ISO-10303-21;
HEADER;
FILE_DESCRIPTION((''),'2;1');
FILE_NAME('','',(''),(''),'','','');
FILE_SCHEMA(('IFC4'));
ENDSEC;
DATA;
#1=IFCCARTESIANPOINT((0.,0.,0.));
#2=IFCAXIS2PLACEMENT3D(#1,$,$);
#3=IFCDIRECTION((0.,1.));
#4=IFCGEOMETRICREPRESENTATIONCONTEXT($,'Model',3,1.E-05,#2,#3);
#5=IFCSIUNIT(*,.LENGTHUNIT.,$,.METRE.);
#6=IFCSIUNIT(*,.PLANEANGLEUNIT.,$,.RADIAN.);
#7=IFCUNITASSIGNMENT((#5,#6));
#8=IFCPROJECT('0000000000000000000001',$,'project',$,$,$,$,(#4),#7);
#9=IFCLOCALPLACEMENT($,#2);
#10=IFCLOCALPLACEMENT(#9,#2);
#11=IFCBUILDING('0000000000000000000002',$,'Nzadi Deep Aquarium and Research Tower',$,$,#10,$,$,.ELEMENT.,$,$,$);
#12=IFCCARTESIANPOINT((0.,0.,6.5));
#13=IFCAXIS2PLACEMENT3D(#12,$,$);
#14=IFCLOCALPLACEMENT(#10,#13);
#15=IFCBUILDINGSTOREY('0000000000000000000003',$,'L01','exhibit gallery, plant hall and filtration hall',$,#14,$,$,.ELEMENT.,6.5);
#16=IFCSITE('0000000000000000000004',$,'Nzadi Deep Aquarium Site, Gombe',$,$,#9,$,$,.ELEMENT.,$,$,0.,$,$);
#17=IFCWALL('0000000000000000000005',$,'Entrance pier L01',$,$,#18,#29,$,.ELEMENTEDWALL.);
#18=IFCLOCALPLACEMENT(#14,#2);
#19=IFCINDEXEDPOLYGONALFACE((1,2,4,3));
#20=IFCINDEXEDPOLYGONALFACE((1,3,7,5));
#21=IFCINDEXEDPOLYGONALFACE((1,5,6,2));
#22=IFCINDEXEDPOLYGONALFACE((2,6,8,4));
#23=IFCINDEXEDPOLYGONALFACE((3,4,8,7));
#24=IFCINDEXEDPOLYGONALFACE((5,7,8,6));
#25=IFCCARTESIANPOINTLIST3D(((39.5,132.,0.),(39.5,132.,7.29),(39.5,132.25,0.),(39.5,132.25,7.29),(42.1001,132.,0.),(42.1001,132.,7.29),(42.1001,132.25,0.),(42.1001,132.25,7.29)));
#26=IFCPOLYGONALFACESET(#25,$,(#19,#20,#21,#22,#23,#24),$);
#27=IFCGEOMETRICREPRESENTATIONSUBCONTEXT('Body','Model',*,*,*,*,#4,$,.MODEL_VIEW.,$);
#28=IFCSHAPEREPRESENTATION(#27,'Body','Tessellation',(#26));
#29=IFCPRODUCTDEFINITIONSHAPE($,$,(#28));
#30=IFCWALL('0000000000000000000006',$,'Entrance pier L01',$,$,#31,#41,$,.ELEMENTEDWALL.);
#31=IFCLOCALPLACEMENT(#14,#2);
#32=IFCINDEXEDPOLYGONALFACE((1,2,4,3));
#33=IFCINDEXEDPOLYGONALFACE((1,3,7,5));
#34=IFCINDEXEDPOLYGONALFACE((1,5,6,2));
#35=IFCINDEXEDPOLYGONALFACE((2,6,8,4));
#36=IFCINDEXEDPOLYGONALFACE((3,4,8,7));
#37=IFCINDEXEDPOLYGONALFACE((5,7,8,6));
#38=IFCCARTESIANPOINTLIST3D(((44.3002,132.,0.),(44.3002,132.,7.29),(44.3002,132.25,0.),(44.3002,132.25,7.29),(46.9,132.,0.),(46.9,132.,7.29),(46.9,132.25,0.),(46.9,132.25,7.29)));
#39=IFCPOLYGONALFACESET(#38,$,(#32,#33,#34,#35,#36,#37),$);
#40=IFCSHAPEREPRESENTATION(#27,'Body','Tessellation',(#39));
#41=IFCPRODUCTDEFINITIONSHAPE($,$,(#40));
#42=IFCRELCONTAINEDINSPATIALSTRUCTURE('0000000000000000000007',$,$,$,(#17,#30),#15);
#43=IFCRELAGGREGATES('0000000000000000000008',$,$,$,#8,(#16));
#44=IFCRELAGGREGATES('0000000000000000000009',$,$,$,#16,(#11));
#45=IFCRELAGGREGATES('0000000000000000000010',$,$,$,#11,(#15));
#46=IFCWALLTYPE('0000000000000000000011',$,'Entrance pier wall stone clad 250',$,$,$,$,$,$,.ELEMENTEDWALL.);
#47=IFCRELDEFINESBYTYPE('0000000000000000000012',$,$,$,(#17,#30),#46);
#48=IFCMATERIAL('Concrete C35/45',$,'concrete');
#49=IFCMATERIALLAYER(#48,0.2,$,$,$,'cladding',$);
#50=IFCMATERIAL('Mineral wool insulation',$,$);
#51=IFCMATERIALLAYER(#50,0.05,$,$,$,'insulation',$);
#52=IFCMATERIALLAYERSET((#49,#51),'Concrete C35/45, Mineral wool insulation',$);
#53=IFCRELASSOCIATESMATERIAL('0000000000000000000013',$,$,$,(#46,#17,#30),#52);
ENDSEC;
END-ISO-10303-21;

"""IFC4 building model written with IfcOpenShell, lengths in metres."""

from ifc_helpers import new_model, si_unit, direction, frame, frame_2d, origin, place, context, subcontext, project, spatial, rectangle, extrude, material, layer, layer_set, layer_usage, type_object, element, save


model = new_model("IFC4")

# Units and contexts
model_context = context("Model", 3, precision=1e-05, world=origin(), true_north=direction((0.0, 1.0)))
body_context = subcontext(model_context, "Body", "Model", "MODEL_VIEW")
ifc_project = project(units=[si_unit("LENGTHUNIT", "METRE"), si_unit("PLANEANGLEUNIT", "RADIAN")], contexts=[model_context])

# Site, building, storey
site_placement = place(None, origin())
site = spatial("IfcSite", under=ifc_project, at=site_placement, Name="Nzadi Deep Aquarium Site, Gombe", CompositionType="ELEMENT", RefElevation=0.0)
building_placement = place(site_placement, origin())
building = spatial("IfcBuilding", under=site, at=building_placement, Name="Nzadi Deep Aquarium and Research Tower", CompositionType="ELEMENT")
storey_placement = place(building_placement, frame((0.0, 0.0, 6.5)))
storey = spatial("IfcBuildingStorey", under=building, at=storey_placement, Name="L01", Description="exhibit gallery, plant hall and filtration hall", CompositionType="ELEMENT", Elevation=6.5)

# Walls
ifc_material_1 = material(Name="Concrete C35/45", Category="concrete")
ifc_layer_1 = layer(ifc_material_1, 0.2, Category="cladding")
ifc_material_2 = material(Name="Mineral wool insulation")
ifc_layer_2 = layer(ifc_material_2, 0.05, Category="insulation")
ifc_layer_set_1 = layer_set([ifc_layer_1, ifc_layer_2], Name="Concrete C35/45, Mineral wool insulation")
ifc_layer_usage_1 = layer_usage(ifc_layer_set_1, "AXIS2", "POSITIVE", -0.125)
wall_type = type_object("IfcWallType", Name="Entrance pier wall stone clad 250", PredefinedType="ELEMENTEDWALL", material=ifc_layer_set_1)
wall_1_placement = place(storey_placement, frame((42.1001, 132.125, 0.0), z_axis=(0.0, 0.0, 1.0), x_axis=(-1.0, 0.0, 0.0)))
element("IfcWall", 1, at=wall_1_placement, inside=storey, type_object=wall_type, material=ifc_layer_usage_1, Name="Entrance pier L01", PredefinedType="ELEMENTEDWALL", context=body_context, shape_type="SweptSolid", body=[
    extrude(rectangle(XDim=2.6001, YDim=0.25, at=frame_2d((1.3, 0.0))), origin(), (0.0, 0.0, 1.0), 7.29),
])
ifc_layer_usage_2 = layer_usage(ifc_layer_set_1, "AXIS2", "POSITIVE", -0.125)
wall_2_placement = place(storey_placement, frame((46.8999, 132.125, 0.0), z_axis=(0.0, 0.0, 1.0), x_axis=(-1.0, 0.0, 0.0)))
element("IfcWall", 2, at=wall_2_placement, inside=storey, type_object=wall_type, material=ifc_layer_usage_2, Name="Entrance pier L01", PredefinedType="ELEMENTEDWALL", context=body_context, shape_type="SweptSolid", body=[
    extrude(rectangle(XDim=2.5999, YDim=0.25, at=frame_2d((1.2998, 0.0))), origin(), (0.0, 0.0, 1.0), 7.29),
])

save(model, "model.ifc")
